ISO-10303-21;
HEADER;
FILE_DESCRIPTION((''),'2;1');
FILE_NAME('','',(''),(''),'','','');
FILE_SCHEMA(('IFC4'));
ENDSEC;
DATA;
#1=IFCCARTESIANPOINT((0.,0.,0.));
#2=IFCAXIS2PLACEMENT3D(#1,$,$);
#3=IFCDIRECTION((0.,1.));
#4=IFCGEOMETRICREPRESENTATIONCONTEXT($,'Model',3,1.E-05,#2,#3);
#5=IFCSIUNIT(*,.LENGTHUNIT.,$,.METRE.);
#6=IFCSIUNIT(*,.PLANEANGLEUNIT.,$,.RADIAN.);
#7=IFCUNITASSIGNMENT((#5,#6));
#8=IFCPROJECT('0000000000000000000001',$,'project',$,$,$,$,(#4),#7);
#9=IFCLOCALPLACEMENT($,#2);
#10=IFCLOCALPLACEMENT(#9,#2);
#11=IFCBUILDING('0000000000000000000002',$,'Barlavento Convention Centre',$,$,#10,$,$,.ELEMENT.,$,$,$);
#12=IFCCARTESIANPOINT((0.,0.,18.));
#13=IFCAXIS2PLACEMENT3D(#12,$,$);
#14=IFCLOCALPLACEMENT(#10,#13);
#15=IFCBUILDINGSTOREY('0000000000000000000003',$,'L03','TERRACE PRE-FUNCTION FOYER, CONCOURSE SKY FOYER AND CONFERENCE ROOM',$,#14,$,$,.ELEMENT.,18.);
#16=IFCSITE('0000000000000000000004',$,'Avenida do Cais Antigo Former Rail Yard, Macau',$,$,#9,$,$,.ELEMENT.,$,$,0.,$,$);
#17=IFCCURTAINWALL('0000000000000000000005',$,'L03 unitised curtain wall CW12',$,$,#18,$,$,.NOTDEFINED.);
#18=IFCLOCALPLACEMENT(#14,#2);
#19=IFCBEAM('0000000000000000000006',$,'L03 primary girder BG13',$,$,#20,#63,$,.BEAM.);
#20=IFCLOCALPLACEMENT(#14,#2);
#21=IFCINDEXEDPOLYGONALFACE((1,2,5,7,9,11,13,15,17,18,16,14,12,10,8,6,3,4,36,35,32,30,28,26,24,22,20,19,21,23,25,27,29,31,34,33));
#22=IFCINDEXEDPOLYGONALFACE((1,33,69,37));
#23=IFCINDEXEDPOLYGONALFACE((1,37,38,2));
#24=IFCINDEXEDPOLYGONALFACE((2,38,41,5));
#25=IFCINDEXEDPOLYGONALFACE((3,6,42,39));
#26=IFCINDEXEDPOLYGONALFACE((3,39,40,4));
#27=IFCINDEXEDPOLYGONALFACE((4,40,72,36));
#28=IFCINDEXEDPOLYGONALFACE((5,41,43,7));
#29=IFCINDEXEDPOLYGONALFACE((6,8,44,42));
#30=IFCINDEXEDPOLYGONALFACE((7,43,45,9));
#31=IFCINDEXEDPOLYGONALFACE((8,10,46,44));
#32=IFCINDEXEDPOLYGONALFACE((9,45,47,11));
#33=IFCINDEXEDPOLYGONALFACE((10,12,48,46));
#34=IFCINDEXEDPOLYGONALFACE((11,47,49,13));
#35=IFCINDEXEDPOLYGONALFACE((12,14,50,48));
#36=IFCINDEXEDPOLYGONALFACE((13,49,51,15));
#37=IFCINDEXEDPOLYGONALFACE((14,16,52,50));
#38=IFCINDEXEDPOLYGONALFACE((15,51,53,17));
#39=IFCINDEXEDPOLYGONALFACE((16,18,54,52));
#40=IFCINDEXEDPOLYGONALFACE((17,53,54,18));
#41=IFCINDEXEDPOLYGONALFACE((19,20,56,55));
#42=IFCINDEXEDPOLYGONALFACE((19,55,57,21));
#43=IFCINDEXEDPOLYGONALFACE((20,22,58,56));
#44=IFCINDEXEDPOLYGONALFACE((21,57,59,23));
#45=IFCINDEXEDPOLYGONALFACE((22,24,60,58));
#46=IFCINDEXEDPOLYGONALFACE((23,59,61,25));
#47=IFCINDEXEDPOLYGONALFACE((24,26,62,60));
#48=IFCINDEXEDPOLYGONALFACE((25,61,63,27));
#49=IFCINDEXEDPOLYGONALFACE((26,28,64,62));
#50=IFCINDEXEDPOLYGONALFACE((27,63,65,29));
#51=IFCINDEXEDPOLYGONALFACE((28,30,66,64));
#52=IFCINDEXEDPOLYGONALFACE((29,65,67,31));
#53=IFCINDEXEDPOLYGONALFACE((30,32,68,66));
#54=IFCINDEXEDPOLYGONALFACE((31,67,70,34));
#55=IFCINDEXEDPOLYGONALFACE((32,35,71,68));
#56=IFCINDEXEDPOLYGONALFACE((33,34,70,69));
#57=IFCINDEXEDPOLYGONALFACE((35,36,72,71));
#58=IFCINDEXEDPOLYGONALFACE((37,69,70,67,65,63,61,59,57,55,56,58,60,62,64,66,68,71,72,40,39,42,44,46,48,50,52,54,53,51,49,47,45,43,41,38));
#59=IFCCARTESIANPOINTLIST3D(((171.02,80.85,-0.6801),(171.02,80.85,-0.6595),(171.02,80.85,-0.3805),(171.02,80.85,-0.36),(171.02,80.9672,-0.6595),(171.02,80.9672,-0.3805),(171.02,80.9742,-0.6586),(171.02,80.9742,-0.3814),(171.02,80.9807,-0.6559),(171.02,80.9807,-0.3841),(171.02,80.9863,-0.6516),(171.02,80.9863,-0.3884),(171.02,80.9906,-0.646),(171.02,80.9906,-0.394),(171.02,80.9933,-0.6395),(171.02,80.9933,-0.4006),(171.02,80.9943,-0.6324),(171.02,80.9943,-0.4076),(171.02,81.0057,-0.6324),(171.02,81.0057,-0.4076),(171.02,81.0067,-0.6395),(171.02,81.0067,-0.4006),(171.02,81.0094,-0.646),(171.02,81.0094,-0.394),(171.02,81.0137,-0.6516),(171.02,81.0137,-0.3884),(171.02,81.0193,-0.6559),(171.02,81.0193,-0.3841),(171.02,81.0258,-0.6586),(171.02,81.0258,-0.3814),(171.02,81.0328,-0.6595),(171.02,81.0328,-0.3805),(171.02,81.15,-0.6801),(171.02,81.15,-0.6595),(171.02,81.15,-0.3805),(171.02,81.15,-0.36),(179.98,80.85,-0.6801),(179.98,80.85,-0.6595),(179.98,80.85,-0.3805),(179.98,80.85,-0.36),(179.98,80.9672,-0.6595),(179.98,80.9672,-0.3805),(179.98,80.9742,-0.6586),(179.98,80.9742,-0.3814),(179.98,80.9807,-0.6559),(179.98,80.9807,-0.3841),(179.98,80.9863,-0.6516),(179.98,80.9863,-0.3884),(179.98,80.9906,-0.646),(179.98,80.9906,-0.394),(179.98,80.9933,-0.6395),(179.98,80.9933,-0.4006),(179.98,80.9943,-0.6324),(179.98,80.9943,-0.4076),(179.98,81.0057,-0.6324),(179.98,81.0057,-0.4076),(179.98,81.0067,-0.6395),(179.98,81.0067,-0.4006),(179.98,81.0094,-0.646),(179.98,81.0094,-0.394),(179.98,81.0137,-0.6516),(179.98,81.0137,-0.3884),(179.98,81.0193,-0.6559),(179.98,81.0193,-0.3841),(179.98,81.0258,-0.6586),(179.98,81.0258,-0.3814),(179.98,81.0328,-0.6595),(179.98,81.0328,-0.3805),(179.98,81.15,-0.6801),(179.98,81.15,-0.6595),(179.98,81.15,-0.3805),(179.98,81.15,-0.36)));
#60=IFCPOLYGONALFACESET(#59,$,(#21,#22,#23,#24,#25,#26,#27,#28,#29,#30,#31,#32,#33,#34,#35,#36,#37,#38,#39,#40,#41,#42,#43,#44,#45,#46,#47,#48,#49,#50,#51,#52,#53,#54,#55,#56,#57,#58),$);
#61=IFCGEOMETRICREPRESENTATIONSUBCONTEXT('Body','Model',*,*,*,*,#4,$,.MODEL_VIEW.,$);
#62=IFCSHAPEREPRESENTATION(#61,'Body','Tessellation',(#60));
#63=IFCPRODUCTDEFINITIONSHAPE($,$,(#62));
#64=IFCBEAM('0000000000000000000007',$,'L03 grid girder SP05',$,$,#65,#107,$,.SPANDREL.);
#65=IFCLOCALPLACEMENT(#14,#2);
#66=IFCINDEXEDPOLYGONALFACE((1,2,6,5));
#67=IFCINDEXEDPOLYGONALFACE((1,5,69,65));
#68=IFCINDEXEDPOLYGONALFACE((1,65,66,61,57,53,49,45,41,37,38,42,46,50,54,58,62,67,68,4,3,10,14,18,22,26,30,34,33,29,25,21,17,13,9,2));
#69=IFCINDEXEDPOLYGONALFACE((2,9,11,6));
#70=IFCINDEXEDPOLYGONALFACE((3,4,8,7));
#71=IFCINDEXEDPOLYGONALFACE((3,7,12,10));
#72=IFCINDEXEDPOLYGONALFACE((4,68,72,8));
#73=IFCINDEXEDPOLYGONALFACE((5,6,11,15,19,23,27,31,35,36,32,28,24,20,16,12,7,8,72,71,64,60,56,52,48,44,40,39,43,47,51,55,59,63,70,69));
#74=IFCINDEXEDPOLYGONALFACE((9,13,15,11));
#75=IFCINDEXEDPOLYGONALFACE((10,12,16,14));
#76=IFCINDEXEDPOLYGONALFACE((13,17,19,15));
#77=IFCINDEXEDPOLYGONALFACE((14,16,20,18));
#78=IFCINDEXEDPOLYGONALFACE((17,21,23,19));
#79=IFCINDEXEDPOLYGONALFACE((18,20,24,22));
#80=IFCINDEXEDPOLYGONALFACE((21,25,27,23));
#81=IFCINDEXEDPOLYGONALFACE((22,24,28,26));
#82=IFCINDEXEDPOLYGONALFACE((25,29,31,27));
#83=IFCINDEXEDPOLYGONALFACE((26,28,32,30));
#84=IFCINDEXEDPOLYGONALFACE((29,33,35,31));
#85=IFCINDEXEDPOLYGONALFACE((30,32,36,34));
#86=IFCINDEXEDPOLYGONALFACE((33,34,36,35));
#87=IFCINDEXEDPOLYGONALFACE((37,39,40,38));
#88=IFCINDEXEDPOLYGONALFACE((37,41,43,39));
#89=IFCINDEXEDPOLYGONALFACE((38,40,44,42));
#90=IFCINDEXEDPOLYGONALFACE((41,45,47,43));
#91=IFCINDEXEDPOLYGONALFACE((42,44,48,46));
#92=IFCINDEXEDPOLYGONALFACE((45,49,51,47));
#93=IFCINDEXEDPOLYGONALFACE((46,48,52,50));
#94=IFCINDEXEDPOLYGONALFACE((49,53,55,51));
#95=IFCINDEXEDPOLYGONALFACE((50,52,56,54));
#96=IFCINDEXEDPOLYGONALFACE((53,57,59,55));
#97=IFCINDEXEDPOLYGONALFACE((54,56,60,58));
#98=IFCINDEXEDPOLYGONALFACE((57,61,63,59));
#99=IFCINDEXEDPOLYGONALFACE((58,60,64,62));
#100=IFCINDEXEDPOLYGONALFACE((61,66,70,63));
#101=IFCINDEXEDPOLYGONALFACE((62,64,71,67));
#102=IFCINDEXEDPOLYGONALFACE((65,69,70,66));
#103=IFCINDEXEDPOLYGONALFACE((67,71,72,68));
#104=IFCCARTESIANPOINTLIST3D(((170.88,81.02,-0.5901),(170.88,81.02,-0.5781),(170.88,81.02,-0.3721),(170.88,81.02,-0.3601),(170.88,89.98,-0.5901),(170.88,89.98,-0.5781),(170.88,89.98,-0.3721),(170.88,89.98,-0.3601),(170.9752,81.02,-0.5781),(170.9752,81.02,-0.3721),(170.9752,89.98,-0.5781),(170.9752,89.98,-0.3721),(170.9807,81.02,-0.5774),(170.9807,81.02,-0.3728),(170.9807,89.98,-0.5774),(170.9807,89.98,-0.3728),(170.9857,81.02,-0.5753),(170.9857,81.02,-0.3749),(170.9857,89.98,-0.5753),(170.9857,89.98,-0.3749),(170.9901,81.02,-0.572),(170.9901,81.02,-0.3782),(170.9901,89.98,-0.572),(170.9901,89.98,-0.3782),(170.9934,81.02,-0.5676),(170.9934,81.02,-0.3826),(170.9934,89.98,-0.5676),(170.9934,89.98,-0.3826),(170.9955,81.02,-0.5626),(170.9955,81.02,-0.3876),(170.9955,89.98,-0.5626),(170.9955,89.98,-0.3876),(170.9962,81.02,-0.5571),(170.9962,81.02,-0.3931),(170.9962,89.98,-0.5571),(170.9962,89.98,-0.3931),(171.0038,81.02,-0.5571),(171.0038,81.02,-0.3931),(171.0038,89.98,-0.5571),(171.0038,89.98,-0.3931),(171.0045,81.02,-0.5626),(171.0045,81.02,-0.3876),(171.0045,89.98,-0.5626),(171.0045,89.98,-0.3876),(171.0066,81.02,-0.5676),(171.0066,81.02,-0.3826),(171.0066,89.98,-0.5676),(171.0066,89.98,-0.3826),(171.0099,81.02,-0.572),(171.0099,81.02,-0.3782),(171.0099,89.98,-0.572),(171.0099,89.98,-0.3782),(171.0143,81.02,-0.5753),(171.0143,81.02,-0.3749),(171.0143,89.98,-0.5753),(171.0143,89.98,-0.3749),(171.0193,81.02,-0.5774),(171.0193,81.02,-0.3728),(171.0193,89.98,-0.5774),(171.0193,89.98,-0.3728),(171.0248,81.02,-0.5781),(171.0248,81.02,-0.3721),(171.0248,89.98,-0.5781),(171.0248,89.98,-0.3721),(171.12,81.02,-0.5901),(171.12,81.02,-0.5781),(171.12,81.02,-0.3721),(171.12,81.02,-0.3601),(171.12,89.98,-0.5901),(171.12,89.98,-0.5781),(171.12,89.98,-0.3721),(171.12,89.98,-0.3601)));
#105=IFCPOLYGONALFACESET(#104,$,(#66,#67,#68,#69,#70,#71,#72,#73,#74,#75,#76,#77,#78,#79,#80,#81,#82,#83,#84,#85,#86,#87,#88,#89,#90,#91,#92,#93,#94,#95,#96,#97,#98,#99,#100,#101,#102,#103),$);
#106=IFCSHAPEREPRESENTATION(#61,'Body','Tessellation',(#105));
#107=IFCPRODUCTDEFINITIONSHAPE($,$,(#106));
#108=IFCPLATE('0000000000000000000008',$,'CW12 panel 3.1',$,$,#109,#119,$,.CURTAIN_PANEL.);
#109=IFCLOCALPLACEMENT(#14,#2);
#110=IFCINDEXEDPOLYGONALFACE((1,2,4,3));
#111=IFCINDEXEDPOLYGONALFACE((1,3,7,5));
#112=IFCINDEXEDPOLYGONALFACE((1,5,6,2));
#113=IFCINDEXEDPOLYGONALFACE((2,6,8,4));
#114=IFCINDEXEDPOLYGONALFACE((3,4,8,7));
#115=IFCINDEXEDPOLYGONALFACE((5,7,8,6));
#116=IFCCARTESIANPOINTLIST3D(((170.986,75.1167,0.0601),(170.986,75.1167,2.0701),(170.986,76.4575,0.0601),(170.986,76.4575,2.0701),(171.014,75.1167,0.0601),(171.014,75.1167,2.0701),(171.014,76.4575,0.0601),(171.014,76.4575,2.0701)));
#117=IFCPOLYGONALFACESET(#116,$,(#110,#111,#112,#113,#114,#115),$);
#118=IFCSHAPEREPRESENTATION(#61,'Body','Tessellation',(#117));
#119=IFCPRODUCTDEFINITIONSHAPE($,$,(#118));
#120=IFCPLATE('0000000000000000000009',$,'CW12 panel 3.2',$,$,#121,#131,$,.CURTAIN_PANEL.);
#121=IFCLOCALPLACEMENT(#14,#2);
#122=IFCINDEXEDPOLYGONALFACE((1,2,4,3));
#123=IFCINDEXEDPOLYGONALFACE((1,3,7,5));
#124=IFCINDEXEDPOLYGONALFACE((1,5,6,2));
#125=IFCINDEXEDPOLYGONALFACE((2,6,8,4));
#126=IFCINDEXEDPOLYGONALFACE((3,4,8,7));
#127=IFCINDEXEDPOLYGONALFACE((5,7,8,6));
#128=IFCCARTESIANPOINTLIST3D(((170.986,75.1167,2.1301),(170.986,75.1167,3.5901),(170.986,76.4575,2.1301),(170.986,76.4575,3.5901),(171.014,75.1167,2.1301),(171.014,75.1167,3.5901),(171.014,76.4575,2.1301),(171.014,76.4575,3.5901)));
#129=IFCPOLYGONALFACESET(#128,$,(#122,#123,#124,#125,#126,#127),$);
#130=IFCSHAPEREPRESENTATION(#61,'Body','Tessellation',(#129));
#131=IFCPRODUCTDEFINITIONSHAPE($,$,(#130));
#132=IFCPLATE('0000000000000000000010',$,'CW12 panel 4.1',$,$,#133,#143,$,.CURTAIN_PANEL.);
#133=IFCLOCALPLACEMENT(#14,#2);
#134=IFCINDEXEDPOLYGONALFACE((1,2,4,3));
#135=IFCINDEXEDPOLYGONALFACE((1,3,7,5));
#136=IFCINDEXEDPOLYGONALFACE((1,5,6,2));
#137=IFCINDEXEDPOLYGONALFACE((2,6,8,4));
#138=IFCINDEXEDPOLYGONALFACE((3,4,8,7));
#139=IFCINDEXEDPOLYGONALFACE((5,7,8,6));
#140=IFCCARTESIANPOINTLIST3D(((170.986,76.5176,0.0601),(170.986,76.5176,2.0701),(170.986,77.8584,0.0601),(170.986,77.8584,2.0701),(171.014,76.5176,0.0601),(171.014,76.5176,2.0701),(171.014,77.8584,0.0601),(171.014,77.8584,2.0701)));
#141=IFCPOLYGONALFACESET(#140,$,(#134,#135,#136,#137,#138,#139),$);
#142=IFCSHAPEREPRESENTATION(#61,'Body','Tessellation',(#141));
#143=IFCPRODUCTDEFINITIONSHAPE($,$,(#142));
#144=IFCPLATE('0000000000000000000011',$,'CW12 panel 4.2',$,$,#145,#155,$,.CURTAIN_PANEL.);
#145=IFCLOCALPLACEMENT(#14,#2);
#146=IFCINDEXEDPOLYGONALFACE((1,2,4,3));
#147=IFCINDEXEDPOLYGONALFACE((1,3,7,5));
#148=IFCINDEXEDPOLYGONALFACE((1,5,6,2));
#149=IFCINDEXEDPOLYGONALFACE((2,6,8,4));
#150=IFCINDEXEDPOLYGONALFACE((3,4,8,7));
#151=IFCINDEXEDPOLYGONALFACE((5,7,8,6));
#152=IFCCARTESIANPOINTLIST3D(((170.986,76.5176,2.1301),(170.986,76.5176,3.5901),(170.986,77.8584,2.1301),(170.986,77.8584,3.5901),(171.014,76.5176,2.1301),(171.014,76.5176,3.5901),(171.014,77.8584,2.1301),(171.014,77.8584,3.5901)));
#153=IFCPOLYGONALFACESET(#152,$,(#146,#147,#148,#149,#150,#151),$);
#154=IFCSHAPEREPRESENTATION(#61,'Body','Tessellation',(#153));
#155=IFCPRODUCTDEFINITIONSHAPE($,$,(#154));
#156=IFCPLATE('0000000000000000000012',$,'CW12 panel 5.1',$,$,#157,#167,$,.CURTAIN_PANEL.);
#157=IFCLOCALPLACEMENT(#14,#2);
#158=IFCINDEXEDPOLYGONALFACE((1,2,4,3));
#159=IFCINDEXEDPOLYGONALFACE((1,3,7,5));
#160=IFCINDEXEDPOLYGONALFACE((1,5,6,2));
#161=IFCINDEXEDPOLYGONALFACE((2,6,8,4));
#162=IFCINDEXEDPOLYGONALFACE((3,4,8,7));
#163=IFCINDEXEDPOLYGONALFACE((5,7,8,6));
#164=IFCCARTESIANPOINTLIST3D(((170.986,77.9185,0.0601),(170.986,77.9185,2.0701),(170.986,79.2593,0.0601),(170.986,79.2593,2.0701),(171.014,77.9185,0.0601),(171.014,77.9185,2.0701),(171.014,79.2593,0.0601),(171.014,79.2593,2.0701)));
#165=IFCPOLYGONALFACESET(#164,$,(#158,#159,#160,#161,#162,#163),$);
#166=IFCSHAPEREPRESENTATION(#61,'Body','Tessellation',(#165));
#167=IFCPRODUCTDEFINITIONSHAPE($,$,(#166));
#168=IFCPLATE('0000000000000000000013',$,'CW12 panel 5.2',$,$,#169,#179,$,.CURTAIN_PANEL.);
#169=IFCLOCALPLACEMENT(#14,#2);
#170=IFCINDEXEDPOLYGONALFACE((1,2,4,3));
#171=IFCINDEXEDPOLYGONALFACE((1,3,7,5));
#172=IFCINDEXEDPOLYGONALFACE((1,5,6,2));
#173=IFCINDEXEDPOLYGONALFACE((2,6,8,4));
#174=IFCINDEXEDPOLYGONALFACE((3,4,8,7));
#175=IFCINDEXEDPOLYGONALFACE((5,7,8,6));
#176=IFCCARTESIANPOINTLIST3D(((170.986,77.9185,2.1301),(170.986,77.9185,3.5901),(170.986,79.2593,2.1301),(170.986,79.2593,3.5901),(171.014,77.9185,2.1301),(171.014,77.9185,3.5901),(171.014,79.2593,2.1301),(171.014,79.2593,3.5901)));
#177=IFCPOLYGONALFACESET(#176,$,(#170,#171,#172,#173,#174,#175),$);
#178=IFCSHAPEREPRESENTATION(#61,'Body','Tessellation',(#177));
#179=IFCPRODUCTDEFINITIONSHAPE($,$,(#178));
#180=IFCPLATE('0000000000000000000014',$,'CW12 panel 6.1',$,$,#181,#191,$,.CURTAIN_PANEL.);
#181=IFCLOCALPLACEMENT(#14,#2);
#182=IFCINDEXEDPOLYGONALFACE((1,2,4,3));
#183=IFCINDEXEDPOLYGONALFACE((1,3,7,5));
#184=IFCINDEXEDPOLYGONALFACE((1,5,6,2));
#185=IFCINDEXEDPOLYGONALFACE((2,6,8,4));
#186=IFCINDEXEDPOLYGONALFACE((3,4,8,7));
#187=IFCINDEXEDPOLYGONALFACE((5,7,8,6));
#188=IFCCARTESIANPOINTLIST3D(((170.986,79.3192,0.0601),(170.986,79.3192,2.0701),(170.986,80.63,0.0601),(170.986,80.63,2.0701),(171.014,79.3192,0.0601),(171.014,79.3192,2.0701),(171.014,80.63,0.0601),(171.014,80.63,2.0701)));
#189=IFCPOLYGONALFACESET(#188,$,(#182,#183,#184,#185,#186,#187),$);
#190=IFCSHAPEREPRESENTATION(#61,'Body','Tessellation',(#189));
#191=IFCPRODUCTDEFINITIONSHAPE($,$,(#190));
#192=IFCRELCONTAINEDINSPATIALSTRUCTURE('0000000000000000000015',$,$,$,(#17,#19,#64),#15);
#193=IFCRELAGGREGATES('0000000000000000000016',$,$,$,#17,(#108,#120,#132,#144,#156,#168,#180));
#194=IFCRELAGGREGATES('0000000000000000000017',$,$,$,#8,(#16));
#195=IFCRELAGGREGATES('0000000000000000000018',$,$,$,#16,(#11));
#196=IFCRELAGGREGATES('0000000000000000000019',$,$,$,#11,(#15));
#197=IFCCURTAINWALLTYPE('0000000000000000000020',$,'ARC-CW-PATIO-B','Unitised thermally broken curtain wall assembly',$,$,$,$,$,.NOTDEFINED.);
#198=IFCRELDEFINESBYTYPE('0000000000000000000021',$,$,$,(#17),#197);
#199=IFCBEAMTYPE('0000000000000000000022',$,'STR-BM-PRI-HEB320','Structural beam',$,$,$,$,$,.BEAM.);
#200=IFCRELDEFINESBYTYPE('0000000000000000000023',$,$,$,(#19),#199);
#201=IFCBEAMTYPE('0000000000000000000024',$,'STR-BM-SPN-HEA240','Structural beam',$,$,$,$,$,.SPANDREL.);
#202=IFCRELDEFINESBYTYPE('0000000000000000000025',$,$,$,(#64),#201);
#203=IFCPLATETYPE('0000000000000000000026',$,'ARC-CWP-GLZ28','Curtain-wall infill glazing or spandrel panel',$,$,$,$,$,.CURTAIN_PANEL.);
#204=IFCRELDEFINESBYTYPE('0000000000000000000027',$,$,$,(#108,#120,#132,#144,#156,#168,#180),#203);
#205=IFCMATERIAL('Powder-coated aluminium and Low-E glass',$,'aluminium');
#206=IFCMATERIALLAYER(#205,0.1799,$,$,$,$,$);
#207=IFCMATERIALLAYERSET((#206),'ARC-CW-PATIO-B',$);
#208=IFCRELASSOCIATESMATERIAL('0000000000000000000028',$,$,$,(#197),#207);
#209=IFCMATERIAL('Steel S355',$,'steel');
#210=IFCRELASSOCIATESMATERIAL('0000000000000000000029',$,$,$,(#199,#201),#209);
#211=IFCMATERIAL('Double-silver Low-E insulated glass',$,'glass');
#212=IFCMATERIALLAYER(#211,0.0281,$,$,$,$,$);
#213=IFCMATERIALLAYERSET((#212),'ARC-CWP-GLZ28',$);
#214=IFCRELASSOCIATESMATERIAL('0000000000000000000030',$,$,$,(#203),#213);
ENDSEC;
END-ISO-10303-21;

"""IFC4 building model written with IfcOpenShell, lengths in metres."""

from ifc_helpers import new_model, si_unit, direction, frame, origin, origin_2d, place, context, subcontext, project, spatial, rectangle, i_section, extrude, material, layer, layer_set, material_profile, profile_set, type_object, element, aggregate, save


model = new_model("IFC4")

# Units and contexts
model_context = context("Model", 3, precision=1e-05, world=origin(), true_north=direction((0.0, 1.0)))
body_context = subcontext(model_context, "Body", "Model", "MODEL_VIEW")
ifc_project = project(units=[si_unit("LENGTHUNIT", "METRE"), si_unit("PLANEANGLEUNIT", "RADIAN")], contexts=[model_context])

# Site, building, storey
site_placement = place(None, origin())
site = spatial("IfcSite", under=ifc_project, at=site_placement, Name="Avenida do Cais Antigo Former Rail Yard, Macau", CompositionType="ELEMENT", RefElevation=0.0)
building_placement = place(site_placement, origin())
building = spatial("IfcBuilding", under=site, at=building_placement, Name="Barlavento Convention Centre", CompositionType="ELEMENT")
storey_placement = place(building_placement, frame((0.0, 0.0, 18.0)))
storey = spatial("IfcBuildingStorey", under=building, at=storey_placement, Name="L03", Description="TERRACE PRE-FUNCTION FOYER, CONCOURSE SKY FOYER AND CONFERENCE ROOM", CompositionType="ELEMENT", Elevation=18.0)

# Shared definitions
ifc_material_1 = material(Name="Steel S355", Category="steel")

# Curtain wall
ifc_material_2 = material(Name="Powder-coated aluminium and Low-E glass", Category="aluminium")
ifc_layer_1 = layer(ifc_material_2, 0.1799)
ifc_layer_set_1 = layer_set([ifc_layer_1], Name="ARC-CW-PATIO-B")
curtain_wall_type = type_object("IfcCurtainWallType", Name="ARC-CW-PATIO-B", Description="Unitised thermally broken curtain wall assembly", PredefinedType="NOTDEFINED", material=ifc_layer_set_1)
curtain_wall_placement = place(storey_placement, origin())
curtain_wall = element("IfcCurtainWall", 1, at=curtain_wall_placement, inside=storey, type_object=curtain_wall_type, Name="L03 unitised curtain wall CW12", PredefinedType="NOTDEFINED")

# Beams
ifc_material_profile_1 = material_profile(ifc_material_1, i_section(OverallWidth=0.3, OverallDepth=0.3201, WebThickness=0.0115, FlangeThickness=0.0205, FilletRadius=0.0271, at=origin_2d()), Name="HEB 320")
ifc_profile_set_1 = profile_set([ifc_material_profile_1], Name="Steel S355")
beam_type_1 = type_object("IfcBeamType", Name="STR-BM-PRI-HEB320", Description="Structural beam", PredefinedType="BEAM", material=ifc_profile_set_1)
beam_1_placement = place(storey_placement, frame((171.02, 81.0, -0.52), z_axis=(1.0, 0.0, 0.0), x_axis=(0.0, 1.0, 0.0)))
element("IfcBeam", 2, at=beam_1_placement, inside=storey, type_object=beam_type_1, Name="L03 primary girder BG13", PredefinedType="BEAM", context=body_context, shape_type="SweptSolid", body=[
    extrude(i_section(OverallWidth=0.3, OverallDepth=0.3201, WebThickness=0.0115, FlangeThickness=0.0205, FilletRadius=0.0271, at=origin_2d()), origin(), (0.0, 0.0, 1.0), 8.96),
])
ifc_material_profile_2 = material_profile(ifc_material_1, i_section(OverallWidth=0.24, OverallDepth=0.23, WebThickness=0.0076, FlangeThickness=0.012, FilletRadius=0.021, at=origin_2d()), Name="HEA 240")
ifc_profile_set_2 = profile_set([ifc_material_profile_2], Name="Steel S355")
beam_type_2 = type_object("IfcBeamType", Name="STR-BM-SPN-HEA240", Description="Structural beam", PredefinedType="SPANDREL", material=ifc_profile_set_2)
beam_2_placement = place(storey_placement, frame((171.0, 81.02, -0.4751), z_axis=(0.0, 1.0, 0.0), x_axis=(-1.0, 0.0, 0.0)))
element("IfcBeam", 3, at=beam_2_placement, inside=storey, type_object=beam_type_2, Name="L03 grid girder SP05", PredefinedType="SPANDREL", context=body_context, shape_type="SweptSolid", body=[
    extrude(i_section(OverallWidth=0.24, OverallDepth=0.23, WebThickness=0.0076, FlangeThickness=0.012, FilletRadius=0.021, at=origin_2d()), origin(), (0.0, 0.0, 1.0), 8.96),
])

# Plates
ifc_material_3 = material(Name="Double-silver Low-E insulated glass", Category="glass")
ifc_layer_2 = layer(ifc_material_3, 0.0281)
ifc_layer_set_2 = layer_set([ifc_layer_2], Name="ARC-CWP-GLZ28")
plate_type = type_object("IfcPlateType", Name="ARC-CWP-GLZ28", Description="Curtain-wall infill glazing or spandrel panel", PredefinedType="CURTAIN_PANEL", material=ifc_layer_set_2)
plate_1_placement = place(storey_placement, frame((171.0, 75.7871, 0.0601), z_axis=(0.0, 0.0, 1.0), x_axis=(0.0, 1.0, 0.0)))
plate_1 = element("IfcPlate", 4, at=plate_1_placement, type_object=plate_type, Name="CW12 panel 3.1", PredefinedType="CURTAIN_PANEL", context=body_context, shape_type="SweptSolid", body=[
    extrude(rectangle(XDim=1.3408, YDim=0.0281, at=origin_2d()), origin(), (0.0, 0.0, 1.0), 2.01),
])
plate_2_placement = place(storey_placement, frame((171.0, 75.7871, 2.1301), z_axis=(0.0, 0.0, 1.0), x_axis=(0.0, 1.0, 0.0)))
plate_2 = element("IfcPlate", 5, at=plate_2_placement, type_object=plate_type, Name="CW12 panel 3.2", PredefinedType="CURTAIN_PANEL", context=body_context, shape_type="SweptSolid", body=[
    extrude(rectangle(XDim=1.3408, YDim=0.0281, at=origin_2d()), origin(), (0.0, 0.0, 1.0), 1.46),
])
plate_3_placement = place(storey_placement, frame((171.0, 77.188, 0.0601), z_axis=(0.0, 0.0, 1.0), x_axis=(0.0, 1.0, 0.0)))
plate_3 = element("IfcPlate", 6, at=plate_3_placement, type_object=plate_type, Name="CW12 panel 4.1", PredefinedType="CURTAIN_PANEL", context=body_context, shape_type="SweptSolid", body=[
    extrude(rectangle(XDim=1.3408, YDim=0.0281, at=origin_2d()), origin(), (0.0, 0.0, 1.0), 2.01),
])
plate_4_placement = place(storey_placement, frame((171.0, 77.188, 2.1301), z_axis=(0.0, 0.0, 1.0), x_axis=(0.0, 1.0, 0.0)))
plate_4 = element("IfcPlate", 7, at=plate_4_placement, type_object=plate_type, Name="CW12 panel 4.2", PredefinedType="CURTAIN_PANEL", context=body_context, shape_type="SweptSolid", body=[
    extrude(rectangle(XDim=1.3408, YDim=0.0281, at=origin_2d()), origin(), (0.0, 0.0, 1.0), 1.46),
])
plate_5_placement = place(storey_placement, frame((171.0, 78.5889, 0.0601), z_axis=(0.0, 0.0, 1.0), x_axis=(0.0, 1.0, 0.0)))
plate_5 = element("IfcPlate", 8, at=plate_5_placement, type_object=plate_type, Name="CW12 panel 5.1", PredefinedType="CURTAIN_PANEL", context=body_context, shape_type="SweptSolid", body=[
    extrude(rectangle(XDim=1.3408, YDim=0.0281, at=origin_2d()), origin(), (0.0, 0.0, 1.0), 2.01),
])
plate_6_placement = place(storey_placement, frame((171.0, 78.5889, 2.1301), z_axis=(0.0, 0.0, 1.0), x_axis=(0.0, 1.0, 0.0)))
plate_6 = element("IfcPlate", 9, at=plate_6_placement, type_object=plate_type, Name="CW12 panel 5.2", PredefinedType="CURTAIN_PANEL", context=body_context, shape_type="SweptSolid", body=[
    extrude(rectangle(XDim=1.3408, YDim=0.0281, at=origin_2d()), origin(), (0.0, 0.0, 1.0), 1.46),
])
plate_7_placement = place(storey_placement, frame((171.0, 79.9746, 0.0601), z_axis=(0.0, 0.0, 1.0), x_axis=(0.0, 1.0, 0.0)))
plate_7 = element("IfcPlate", 10, at=plate_7_placement, type_object=plate_type, Name="CW12 panel 6.1", PredefinedType="CURTAIN_PANEL", context=body_context, shape_type="SweptSolid", body=[
    extrude(rectangle(XDim=1.3108, YDim=0.0281, at=origin_2d()), origin(), (0.0, 0.0, 1.0), 2.01),
])
aggregate(curtain_wall, [plate_1, plate_2, plate_3, plate_4, plate_5, plate_6, plate_7])

save(model, "model.ifc")
